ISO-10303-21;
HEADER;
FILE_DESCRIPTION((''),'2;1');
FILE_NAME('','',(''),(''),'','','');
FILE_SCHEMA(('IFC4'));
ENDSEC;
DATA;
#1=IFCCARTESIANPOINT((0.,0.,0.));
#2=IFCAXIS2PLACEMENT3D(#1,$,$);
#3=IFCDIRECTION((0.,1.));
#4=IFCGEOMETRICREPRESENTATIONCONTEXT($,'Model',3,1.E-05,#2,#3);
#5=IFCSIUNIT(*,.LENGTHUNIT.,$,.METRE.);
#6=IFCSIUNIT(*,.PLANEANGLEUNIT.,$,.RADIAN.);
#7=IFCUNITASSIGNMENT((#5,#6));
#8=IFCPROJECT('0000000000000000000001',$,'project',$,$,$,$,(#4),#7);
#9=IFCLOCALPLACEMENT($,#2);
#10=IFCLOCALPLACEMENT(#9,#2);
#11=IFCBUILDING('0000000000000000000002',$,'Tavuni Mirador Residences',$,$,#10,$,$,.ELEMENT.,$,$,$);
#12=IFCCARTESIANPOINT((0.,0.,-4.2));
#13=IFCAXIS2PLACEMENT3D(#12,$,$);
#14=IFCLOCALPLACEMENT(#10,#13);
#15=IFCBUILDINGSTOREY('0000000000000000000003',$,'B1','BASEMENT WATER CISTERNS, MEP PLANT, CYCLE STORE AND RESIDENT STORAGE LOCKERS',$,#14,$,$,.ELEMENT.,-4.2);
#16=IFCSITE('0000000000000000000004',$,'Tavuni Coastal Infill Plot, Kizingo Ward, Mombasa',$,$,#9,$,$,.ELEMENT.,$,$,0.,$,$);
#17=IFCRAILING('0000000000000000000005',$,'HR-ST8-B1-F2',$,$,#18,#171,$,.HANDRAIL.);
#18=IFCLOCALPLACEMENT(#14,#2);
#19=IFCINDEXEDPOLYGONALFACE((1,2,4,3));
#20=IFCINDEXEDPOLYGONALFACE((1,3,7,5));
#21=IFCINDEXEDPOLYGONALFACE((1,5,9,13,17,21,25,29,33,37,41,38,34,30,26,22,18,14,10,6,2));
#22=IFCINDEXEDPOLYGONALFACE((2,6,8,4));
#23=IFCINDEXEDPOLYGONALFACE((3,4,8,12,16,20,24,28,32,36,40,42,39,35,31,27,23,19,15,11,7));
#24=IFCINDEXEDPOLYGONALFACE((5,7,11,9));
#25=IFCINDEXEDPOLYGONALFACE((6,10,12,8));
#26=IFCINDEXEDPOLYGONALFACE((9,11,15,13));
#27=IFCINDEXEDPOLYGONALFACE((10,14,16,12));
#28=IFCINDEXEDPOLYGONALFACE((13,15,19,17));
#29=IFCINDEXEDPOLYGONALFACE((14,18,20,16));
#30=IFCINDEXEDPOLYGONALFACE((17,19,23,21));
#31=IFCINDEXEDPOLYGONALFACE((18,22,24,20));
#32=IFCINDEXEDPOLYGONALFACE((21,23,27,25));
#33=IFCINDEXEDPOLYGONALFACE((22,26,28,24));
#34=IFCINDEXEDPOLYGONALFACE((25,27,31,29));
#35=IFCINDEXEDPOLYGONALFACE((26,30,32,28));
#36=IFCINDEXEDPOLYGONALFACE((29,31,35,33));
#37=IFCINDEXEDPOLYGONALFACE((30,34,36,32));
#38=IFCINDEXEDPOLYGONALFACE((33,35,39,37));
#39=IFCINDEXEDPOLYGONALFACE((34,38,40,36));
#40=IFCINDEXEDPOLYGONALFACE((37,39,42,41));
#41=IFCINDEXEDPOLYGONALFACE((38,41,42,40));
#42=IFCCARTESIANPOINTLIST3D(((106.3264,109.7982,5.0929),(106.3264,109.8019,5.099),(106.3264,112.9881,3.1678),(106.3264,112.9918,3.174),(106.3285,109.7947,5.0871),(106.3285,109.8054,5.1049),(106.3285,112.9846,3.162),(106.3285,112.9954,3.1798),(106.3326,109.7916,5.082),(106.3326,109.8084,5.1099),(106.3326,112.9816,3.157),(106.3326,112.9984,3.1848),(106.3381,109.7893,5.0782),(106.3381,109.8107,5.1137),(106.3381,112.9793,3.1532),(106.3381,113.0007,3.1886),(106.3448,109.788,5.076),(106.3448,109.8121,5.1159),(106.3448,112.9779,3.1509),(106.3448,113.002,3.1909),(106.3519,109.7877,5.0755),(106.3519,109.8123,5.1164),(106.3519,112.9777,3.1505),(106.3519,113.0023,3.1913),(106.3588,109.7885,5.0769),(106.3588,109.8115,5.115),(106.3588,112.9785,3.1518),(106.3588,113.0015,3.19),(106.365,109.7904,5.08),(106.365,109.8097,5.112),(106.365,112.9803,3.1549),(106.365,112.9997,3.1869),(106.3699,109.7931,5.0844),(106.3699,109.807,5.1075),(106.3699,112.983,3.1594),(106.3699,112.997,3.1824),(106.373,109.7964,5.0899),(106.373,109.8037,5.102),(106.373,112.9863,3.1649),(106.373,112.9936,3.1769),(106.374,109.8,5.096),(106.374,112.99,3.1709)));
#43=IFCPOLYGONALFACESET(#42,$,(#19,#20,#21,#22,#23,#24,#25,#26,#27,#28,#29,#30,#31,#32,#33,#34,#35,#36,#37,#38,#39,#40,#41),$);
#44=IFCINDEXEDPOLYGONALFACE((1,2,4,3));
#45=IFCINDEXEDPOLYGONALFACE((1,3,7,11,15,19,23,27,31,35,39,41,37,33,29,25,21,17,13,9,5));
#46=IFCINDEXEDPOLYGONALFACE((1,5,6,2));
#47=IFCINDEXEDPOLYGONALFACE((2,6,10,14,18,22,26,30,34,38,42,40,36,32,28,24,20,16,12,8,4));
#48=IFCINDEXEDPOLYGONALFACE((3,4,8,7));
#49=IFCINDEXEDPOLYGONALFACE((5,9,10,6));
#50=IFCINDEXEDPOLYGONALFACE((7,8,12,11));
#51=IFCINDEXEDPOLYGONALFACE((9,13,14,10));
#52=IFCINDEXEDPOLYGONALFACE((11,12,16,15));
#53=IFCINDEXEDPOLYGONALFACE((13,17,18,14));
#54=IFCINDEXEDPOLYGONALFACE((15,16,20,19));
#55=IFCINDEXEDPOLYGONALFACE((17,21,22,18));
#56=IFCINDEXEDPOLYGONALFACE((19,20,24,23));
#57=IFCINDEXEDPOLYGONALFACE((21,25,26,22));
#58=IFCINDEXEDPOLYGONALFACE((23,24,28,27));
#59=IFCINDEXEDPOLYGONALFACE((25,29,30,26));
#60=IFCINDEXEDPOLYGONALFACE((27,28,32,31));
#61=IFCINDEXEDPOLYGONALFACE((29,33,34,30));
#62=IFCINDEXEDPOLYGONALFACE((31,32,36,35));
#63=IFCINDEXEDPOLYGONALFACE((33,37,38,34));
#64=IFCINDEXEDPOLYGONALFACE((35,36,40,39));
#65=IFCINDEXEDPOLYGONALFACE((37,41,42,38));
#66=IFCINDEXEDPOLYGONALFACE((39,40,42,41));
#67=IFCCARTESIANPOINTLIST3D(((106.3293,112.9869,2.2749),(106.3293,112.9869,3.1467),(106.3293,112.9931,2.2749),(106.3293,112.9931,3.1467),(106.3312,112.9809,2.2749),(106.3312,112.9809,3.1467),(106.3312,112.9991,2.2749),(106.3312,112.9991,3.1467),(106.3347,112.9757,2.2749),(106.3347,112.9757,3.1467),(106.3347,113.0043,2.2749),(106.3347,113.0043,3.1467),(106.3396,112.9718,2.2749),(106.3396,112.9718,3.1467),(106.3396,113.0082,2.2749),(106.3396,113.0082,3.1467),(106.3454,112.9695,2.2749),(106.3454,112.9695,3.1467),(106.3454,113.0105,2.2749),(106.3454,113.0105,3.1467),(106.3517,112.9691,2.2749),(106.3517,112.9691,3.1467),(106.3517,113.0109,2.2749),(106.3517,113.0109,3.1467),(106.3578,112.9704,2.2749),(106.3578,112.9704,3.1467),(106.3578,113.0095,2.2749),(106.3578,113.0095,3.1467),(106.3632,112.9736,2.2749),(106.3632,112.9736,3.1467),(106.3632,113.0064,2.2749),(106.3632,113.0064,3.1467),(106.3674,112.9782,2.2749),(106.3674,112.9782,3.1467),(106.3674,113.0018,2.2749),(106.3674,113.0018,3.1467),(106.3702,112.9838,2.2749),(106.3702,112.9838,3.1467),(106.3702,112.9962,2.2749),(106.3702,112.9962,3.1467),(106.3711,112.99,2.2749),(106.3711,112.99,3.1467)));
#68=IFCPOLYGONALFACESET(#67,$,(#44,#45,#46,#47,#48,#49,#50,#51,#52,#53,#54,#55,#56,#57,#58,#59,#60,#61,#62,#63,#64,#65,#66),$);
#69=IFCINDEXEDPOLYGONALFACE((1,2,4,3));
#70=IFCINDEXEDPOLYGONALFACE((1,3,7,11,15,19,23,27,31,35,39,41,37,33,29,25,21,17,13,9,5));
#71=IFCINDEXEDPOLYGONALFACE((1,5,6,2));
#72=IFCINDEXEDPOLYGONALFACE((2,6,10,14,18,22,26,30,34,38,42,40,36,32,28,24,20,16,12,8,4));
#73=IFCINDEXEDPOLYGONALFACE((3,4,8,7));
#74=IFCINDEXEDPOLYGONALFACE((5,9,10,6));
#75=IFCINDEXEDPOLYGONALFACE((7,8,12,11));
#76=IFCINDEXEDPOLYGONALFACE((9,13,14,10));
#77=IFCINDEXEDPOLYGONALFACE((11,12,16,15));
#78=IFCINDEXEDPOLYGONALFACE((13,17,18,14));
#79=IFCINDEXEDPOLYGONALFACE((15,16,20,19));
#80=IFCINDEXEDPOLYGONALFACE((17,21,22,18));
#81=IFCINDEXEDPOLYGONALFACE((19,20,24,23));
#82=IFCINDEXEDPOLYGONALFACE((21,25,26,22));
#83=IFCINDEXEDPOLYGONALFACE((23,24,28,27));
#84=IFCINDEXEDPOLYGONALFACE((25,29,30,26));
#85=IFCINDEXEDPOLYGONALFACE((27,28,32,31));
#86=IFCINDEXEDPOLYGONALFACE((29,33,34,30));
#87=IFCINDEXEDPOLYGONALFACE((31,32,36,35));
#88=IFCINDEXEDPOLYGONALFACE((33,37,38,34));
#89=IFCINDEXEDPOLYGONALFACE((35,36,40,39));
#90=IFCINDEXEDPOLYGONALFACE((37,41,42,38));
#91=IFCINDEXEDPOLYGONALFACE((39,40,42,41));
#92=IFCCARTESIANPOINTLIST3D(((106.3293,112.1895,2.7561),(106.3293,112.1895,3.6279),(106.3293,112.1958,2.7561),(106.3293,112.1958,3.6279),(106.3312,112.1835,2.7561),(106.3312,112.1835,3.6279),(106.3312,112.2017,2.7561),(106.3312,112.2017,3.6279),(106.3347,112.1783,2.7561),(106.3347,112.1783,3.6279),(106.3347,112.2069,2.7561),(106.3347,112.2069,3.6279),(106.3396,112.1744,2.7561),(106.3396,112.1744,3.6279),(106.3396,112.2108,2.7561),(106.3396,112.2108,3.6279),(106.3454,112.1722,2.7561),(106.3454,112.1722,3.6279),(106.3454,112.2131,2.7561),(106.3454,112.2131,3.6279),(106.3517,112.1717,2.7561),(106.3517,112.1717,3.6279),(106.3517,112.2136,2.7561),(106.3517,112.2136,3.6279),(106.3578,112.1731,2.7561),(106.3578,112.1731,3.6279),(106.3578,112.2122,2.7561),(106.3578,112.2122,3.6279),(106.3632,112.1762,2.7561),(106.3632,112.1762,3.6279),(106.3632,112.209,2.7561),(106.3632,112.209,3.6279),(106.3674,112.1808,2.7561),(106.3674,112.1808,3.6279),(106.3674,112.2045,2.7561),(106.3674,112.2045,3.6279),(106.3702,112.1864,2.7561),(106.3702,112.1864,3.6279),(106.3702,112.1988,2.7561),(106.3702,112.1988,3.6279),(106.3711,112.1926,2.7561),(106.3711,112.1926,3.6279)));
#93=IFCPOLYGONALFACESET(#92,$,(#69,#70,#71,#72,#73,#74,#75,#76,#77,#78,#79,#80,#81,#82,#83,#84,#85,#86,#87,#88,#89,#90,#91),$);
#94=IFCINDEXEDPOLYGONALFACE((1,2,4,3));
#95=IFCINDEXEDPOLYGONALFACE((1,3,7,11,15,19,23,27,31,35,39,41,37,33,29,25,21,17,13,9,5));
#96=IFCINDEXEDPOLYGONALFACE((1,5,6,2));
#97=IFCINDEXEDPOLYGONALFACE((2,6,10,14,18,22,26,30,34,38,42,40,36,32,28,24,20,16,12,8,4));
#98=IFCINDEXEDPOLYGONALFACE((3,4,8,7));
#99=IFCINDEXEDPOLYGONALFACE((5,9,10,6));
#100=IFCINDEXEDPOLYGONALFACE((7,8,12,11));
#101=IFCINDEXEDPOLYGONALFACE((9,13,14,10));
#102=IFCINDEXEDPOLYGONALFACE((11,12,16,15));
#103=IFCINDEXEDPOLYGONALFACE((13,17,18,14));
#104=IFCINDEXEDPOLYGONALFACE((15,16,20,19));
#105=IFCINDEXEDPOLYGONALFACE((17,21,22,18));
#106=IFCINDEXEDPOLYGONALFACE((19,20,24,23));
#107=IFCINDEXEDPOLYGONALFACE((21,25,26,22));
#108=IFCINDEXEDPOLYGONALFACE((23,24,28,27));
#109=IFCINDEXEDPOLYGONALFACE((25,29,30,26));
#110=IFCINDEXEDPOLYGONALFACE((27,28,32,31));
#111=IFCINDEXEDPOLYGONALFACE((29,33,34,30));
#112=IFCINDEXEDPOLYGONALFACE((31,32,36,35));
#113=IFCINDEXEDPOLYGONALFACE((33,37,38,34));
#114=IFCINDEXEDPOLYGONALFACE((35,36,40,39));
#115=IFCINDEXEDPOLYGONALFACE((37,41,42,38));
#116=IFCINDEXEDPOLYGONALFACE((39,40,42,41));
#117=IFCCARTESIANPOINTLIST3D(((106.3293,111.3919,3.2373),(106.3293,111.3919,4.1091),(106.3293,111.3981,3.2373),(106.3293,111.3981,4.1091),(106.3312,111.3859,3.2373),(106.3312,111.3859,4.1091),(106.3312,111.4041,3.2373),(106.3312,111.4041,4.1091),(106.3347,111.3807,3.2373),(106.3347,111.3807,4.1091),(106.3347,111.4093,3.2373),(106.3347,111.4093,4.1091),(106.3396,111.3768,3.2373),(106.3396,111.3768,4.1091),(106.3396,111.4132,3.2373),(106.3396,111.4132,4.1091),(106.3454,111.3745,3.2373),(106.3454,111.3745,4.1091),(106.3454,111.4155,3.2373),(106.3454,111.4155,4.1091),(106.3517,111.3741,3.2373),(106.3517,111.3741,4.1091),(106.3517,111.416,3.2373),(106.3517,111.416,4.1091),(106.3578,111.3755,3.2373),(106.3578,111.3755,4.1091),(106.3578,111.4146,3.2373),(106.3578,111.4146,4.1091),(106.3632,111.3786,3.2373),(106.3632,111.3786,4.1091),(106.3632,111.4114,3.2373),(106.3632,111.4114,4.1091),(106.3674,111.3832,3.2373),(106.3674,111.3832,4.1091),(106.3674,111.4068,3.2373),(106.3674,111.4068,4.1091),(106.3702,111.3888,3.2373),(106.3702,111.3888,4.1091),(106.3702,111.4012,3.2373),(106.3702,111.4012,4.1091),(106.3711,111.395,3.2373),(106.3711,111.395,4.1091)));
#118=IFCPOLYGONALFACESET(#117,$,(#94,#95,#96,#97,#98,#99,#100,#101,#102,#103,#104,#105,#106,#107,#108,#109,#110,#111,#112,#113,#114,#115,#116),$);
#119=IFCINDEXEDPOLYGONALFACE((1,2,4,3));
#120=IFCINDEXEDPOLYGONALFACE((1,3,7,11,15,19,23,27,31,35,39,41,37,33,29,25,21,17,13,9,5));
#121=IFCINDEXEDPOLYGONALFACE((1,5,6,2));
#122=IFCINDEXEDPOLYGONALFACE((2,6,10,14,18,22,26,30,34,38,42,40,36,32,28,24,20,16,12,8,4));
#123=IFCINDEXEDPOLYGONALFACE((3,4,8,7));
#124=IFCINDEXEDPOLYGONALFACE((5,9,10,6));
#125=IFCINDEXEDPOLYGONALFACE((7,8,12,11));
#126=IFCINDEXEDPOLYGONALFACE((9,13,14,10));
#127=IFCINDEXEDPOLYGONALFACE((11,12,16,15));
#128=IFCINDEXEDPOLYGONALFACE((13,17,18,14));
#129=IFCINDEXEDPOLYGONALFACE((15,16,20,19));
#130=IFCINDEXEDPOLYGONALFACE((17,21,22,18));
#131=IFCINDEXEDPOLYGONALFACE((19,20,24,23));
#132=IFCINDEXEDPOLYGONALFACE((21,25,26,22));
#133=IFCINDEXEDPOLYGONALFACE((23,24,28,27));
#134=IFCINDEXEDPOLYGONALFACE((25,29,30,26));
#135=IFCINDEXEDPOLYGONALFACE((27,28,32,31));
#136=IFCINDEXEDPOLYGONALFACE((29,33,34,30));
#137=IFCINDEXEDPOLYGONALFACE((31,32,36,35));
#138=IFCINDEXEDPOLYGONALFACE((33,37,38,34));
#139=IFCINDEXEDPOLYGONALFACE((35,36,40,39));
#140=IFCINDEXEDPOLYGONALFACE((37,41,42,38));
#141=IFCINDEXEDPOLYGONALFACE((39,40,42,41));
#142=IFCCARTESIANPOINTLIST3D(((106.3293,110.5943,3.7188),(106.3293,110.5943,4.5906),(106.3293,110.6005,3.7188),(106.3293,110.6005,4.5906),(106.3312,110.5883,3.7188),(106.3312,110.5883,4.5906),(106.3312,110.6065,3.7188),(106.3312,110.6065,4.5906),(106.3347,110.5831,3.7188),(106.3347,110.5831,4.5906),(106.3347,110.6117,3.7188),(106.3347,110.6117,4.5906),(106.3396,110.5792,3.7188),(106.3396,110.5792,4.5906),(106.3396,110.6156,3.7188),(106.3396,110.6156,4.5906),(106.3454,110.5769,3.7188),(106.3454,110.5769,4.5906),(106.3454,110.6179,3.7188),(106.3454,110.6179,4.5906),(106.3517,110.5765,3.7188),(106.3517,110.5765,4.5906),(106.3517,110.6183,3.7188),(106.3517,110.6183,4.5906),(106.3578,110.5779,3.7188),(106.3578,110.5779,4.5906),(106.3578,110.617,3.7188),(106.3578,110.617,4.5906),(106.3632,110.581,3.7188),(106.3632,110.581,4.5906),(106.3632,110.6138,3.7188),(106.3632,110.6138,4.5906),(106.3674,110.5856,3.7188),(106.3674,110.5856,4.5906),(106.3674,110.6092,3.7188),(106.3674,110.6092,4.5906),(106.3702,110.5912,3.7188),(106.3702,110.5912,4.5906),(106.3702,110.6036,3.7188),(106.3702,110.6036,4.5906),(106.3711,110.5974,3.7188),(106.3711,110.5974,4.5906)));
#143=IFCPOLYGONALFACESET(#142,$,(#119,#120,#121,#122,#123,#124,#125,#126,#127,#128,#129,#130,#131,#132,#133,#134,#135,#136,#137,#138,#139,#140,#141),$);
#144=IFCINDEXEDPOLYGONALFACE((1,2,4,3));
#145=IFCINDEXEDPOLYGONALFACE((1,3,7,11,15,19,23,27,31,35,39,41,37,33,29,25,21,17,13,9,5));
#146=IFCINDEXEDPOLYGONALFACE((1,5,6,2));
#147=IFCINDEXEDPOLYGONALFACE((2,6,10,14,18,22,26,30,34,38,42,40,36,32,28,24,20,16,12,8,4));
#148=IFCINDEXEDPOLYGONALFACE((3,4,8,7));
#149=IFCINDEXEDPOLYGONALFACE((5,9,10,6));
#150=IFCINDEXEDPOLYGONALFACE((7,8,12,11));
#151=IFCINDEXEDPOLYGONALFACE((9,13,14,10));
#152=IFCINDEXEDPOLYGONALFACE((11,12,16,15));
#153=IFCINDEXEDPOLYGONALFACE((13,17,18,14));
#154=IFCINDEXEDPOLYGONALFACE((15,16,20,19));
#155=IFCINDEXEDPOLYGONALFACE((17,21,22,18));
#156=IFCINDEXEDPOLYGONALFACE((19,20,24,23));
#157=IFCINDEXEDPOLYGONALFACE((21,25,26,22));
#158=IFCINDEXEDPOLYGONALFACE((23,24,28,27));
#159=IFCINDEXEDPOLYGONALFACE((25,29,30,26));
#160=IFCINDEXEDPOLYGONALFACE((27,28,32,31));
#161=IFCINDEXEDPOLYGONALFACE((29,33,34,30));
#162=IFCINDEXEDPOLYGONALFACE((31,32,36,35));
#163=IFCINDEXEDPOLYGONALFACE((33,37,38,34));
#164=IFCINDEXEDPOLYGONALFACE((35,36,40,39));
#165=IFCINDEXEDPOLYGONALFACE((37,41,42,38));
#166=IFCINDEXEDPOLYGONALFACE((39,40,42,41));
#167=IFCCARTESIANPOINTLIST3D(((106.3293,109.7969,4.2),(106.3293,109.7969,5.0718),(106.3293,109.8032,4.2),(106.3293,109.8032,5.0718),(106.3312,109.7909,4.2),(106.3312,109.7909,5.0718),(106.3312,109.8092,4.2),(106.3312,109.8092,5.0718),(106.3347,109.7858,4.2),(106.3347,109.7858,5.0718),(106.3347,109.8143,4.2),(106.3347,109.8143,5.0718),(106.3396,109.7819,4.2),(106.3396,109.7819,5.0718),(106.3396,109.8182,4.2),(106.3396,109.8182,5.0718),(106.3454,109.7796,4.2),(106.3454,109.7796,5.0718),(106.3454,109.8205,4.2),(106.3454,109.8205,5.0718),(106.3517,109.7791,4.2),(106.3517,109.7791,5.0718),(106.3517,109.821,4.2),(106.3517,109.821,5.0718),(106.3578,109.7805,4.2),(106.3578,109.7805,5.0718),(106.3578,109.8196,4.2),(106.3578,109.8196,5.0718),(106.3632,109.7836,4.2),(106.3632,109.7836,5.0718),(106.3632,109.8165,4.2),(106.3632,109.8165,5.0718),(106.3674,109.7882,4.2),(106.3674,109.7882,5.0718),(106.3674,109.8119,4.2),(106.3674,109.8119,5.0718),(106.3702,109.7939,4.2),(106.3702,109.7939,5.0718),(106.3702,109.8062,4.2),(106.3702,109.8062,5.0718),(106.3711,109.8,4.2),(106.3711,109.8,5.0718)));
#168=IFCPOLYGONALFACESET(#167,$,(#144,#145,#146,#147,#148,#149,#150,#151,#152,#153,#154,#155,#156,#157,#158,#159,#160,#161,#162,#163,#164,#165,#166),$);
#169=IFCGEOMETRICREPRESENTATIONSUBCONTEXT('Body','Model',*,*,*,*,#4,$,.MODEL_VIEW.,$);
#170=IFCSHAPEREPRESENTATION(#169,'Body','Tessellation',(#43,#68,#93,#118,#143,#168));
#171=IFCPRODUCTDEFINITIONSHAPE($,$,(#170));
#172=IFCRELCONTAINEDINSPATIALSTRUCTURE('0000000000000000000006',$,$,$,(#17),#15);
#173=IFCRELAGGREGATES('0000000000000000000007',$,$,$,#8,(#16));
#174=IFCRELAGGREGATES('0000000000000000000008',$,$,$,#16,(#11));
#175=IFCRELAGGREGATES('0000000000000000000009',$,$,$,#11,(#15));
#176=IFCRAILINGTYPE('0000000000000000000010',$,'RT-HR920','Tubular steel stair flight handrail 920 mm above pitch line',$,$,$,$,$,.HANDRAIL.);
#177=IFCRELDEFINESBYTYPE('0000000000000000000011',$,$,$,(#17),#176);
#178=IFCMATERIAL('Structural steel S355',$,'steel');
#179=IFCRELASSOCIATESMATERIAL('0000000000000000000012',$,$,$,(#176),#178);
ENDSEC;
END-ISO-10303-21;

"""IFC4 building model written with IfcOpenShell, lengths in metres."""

from ifc_helpers import new_model, si_unit, direction, frame, origin, origin_2d, place, context, subcontext, project, spatial, circle, extrude, material, type_object, element, save


model = new_model("IFC4")

# Units and contexts
model_context = context("Model", 3, precision=1e-05, world=origin(), true_north=direction((0.0, 1.0)))
body_context = subcontext(model_context, "Body", "Model", "MODEL_VIEW")
ifc_project = project(units=[si_unit("LENGTHUNIT", "METRE"), si_unit("PLANEANGLEUNIT", "RADIAN")], contexts=[model_context])

# Site, building, storey
site_placement = place(None, origin())
site = spatial("IfcSite", under=ifc_project, at=site_placement, Name="Tavuni Coastal Infill Plot, Kizingo Ward, Mombasa", CompositionType="ELEMENT", RefElevation=0.0)
building_placement = place(site_placement, origin())
building = spatial("IfcBuilding", under=site, at=building_placement, Name="Tavuni Mirador Residences", CompositionType="ELEMENT")
storey_placement = place(building_placement, frame((0.0, 0.0, -4.2)))
storey = spatial("IfcBuildingStorey", under=building, at=storey_placement, Name="B1", Description="BASEMENT WATER CISTERNS, MEP PLANT, CYCLE STORE AND RESIDENT STORAGE LOCKERS", CompositionType="ELEMENT", Elevation=-4.2)

# Shared definitions
ifc_material_1 = material(Name="Structural steel S355", Category="steel")

# Railing
railing_type_1 = type_object("IfcRailingType", Name="RT-HR920", Description="Tubular steel stair flight handrail 920 mm above pitch line", PredefinedType="HANDRAIL", material=ifc_material_1)
railing_1_placement = place(storey_placement, frame((106.3501, 112.99, 2.2749)))
element("IfcRailing", 1, at=railing_1_placement, inside=storey, type_object=railing_type_1, Name="HR-ST8-B1-F2", PredefinedType="HANDRAIL", context=body_context, shape_type="SweptSolid", body=[
    extrude(circle(Radius=0.0239, at=origin_2d()), frame((0.0, 0.0, 0.896), z_axis=(0.0, -0.856178, 0.516682), x_axis=(1.0, 0.0, 0.0)), (0.0, 0.0, 1.0), 3.7258),
    extrude(circle(Radius=0.021, at=origin_2d()), origin(), (0.0, 0.0, 1.0), 0.8718),
    extrude(circle(Radius=0.021, at=origin_2d()), frame((0.0, -0.7974, 0.4812)), (0.0, 0.0, 1.0), 0.8718),
    extrude(circle(Radius=0.021, at=origin_2d()), frame((0.0, -1.595, 0.9624)), (0.0, 0.0, 1.0), 0.8718),
    extrude(circle(Radius=0.021, at=origin_2d()), frame((0.0, -2.3926, 1.4438)), (0.0, 0.0, 1.0), 0.8718),
    extrude(circle(Radius=0.021, at=origin_2d()), frame((0.0, -3.1899, 1.925)), (0.0, 0.0, 1.0), 0.8718),
])

save(model, "model.ifc")
